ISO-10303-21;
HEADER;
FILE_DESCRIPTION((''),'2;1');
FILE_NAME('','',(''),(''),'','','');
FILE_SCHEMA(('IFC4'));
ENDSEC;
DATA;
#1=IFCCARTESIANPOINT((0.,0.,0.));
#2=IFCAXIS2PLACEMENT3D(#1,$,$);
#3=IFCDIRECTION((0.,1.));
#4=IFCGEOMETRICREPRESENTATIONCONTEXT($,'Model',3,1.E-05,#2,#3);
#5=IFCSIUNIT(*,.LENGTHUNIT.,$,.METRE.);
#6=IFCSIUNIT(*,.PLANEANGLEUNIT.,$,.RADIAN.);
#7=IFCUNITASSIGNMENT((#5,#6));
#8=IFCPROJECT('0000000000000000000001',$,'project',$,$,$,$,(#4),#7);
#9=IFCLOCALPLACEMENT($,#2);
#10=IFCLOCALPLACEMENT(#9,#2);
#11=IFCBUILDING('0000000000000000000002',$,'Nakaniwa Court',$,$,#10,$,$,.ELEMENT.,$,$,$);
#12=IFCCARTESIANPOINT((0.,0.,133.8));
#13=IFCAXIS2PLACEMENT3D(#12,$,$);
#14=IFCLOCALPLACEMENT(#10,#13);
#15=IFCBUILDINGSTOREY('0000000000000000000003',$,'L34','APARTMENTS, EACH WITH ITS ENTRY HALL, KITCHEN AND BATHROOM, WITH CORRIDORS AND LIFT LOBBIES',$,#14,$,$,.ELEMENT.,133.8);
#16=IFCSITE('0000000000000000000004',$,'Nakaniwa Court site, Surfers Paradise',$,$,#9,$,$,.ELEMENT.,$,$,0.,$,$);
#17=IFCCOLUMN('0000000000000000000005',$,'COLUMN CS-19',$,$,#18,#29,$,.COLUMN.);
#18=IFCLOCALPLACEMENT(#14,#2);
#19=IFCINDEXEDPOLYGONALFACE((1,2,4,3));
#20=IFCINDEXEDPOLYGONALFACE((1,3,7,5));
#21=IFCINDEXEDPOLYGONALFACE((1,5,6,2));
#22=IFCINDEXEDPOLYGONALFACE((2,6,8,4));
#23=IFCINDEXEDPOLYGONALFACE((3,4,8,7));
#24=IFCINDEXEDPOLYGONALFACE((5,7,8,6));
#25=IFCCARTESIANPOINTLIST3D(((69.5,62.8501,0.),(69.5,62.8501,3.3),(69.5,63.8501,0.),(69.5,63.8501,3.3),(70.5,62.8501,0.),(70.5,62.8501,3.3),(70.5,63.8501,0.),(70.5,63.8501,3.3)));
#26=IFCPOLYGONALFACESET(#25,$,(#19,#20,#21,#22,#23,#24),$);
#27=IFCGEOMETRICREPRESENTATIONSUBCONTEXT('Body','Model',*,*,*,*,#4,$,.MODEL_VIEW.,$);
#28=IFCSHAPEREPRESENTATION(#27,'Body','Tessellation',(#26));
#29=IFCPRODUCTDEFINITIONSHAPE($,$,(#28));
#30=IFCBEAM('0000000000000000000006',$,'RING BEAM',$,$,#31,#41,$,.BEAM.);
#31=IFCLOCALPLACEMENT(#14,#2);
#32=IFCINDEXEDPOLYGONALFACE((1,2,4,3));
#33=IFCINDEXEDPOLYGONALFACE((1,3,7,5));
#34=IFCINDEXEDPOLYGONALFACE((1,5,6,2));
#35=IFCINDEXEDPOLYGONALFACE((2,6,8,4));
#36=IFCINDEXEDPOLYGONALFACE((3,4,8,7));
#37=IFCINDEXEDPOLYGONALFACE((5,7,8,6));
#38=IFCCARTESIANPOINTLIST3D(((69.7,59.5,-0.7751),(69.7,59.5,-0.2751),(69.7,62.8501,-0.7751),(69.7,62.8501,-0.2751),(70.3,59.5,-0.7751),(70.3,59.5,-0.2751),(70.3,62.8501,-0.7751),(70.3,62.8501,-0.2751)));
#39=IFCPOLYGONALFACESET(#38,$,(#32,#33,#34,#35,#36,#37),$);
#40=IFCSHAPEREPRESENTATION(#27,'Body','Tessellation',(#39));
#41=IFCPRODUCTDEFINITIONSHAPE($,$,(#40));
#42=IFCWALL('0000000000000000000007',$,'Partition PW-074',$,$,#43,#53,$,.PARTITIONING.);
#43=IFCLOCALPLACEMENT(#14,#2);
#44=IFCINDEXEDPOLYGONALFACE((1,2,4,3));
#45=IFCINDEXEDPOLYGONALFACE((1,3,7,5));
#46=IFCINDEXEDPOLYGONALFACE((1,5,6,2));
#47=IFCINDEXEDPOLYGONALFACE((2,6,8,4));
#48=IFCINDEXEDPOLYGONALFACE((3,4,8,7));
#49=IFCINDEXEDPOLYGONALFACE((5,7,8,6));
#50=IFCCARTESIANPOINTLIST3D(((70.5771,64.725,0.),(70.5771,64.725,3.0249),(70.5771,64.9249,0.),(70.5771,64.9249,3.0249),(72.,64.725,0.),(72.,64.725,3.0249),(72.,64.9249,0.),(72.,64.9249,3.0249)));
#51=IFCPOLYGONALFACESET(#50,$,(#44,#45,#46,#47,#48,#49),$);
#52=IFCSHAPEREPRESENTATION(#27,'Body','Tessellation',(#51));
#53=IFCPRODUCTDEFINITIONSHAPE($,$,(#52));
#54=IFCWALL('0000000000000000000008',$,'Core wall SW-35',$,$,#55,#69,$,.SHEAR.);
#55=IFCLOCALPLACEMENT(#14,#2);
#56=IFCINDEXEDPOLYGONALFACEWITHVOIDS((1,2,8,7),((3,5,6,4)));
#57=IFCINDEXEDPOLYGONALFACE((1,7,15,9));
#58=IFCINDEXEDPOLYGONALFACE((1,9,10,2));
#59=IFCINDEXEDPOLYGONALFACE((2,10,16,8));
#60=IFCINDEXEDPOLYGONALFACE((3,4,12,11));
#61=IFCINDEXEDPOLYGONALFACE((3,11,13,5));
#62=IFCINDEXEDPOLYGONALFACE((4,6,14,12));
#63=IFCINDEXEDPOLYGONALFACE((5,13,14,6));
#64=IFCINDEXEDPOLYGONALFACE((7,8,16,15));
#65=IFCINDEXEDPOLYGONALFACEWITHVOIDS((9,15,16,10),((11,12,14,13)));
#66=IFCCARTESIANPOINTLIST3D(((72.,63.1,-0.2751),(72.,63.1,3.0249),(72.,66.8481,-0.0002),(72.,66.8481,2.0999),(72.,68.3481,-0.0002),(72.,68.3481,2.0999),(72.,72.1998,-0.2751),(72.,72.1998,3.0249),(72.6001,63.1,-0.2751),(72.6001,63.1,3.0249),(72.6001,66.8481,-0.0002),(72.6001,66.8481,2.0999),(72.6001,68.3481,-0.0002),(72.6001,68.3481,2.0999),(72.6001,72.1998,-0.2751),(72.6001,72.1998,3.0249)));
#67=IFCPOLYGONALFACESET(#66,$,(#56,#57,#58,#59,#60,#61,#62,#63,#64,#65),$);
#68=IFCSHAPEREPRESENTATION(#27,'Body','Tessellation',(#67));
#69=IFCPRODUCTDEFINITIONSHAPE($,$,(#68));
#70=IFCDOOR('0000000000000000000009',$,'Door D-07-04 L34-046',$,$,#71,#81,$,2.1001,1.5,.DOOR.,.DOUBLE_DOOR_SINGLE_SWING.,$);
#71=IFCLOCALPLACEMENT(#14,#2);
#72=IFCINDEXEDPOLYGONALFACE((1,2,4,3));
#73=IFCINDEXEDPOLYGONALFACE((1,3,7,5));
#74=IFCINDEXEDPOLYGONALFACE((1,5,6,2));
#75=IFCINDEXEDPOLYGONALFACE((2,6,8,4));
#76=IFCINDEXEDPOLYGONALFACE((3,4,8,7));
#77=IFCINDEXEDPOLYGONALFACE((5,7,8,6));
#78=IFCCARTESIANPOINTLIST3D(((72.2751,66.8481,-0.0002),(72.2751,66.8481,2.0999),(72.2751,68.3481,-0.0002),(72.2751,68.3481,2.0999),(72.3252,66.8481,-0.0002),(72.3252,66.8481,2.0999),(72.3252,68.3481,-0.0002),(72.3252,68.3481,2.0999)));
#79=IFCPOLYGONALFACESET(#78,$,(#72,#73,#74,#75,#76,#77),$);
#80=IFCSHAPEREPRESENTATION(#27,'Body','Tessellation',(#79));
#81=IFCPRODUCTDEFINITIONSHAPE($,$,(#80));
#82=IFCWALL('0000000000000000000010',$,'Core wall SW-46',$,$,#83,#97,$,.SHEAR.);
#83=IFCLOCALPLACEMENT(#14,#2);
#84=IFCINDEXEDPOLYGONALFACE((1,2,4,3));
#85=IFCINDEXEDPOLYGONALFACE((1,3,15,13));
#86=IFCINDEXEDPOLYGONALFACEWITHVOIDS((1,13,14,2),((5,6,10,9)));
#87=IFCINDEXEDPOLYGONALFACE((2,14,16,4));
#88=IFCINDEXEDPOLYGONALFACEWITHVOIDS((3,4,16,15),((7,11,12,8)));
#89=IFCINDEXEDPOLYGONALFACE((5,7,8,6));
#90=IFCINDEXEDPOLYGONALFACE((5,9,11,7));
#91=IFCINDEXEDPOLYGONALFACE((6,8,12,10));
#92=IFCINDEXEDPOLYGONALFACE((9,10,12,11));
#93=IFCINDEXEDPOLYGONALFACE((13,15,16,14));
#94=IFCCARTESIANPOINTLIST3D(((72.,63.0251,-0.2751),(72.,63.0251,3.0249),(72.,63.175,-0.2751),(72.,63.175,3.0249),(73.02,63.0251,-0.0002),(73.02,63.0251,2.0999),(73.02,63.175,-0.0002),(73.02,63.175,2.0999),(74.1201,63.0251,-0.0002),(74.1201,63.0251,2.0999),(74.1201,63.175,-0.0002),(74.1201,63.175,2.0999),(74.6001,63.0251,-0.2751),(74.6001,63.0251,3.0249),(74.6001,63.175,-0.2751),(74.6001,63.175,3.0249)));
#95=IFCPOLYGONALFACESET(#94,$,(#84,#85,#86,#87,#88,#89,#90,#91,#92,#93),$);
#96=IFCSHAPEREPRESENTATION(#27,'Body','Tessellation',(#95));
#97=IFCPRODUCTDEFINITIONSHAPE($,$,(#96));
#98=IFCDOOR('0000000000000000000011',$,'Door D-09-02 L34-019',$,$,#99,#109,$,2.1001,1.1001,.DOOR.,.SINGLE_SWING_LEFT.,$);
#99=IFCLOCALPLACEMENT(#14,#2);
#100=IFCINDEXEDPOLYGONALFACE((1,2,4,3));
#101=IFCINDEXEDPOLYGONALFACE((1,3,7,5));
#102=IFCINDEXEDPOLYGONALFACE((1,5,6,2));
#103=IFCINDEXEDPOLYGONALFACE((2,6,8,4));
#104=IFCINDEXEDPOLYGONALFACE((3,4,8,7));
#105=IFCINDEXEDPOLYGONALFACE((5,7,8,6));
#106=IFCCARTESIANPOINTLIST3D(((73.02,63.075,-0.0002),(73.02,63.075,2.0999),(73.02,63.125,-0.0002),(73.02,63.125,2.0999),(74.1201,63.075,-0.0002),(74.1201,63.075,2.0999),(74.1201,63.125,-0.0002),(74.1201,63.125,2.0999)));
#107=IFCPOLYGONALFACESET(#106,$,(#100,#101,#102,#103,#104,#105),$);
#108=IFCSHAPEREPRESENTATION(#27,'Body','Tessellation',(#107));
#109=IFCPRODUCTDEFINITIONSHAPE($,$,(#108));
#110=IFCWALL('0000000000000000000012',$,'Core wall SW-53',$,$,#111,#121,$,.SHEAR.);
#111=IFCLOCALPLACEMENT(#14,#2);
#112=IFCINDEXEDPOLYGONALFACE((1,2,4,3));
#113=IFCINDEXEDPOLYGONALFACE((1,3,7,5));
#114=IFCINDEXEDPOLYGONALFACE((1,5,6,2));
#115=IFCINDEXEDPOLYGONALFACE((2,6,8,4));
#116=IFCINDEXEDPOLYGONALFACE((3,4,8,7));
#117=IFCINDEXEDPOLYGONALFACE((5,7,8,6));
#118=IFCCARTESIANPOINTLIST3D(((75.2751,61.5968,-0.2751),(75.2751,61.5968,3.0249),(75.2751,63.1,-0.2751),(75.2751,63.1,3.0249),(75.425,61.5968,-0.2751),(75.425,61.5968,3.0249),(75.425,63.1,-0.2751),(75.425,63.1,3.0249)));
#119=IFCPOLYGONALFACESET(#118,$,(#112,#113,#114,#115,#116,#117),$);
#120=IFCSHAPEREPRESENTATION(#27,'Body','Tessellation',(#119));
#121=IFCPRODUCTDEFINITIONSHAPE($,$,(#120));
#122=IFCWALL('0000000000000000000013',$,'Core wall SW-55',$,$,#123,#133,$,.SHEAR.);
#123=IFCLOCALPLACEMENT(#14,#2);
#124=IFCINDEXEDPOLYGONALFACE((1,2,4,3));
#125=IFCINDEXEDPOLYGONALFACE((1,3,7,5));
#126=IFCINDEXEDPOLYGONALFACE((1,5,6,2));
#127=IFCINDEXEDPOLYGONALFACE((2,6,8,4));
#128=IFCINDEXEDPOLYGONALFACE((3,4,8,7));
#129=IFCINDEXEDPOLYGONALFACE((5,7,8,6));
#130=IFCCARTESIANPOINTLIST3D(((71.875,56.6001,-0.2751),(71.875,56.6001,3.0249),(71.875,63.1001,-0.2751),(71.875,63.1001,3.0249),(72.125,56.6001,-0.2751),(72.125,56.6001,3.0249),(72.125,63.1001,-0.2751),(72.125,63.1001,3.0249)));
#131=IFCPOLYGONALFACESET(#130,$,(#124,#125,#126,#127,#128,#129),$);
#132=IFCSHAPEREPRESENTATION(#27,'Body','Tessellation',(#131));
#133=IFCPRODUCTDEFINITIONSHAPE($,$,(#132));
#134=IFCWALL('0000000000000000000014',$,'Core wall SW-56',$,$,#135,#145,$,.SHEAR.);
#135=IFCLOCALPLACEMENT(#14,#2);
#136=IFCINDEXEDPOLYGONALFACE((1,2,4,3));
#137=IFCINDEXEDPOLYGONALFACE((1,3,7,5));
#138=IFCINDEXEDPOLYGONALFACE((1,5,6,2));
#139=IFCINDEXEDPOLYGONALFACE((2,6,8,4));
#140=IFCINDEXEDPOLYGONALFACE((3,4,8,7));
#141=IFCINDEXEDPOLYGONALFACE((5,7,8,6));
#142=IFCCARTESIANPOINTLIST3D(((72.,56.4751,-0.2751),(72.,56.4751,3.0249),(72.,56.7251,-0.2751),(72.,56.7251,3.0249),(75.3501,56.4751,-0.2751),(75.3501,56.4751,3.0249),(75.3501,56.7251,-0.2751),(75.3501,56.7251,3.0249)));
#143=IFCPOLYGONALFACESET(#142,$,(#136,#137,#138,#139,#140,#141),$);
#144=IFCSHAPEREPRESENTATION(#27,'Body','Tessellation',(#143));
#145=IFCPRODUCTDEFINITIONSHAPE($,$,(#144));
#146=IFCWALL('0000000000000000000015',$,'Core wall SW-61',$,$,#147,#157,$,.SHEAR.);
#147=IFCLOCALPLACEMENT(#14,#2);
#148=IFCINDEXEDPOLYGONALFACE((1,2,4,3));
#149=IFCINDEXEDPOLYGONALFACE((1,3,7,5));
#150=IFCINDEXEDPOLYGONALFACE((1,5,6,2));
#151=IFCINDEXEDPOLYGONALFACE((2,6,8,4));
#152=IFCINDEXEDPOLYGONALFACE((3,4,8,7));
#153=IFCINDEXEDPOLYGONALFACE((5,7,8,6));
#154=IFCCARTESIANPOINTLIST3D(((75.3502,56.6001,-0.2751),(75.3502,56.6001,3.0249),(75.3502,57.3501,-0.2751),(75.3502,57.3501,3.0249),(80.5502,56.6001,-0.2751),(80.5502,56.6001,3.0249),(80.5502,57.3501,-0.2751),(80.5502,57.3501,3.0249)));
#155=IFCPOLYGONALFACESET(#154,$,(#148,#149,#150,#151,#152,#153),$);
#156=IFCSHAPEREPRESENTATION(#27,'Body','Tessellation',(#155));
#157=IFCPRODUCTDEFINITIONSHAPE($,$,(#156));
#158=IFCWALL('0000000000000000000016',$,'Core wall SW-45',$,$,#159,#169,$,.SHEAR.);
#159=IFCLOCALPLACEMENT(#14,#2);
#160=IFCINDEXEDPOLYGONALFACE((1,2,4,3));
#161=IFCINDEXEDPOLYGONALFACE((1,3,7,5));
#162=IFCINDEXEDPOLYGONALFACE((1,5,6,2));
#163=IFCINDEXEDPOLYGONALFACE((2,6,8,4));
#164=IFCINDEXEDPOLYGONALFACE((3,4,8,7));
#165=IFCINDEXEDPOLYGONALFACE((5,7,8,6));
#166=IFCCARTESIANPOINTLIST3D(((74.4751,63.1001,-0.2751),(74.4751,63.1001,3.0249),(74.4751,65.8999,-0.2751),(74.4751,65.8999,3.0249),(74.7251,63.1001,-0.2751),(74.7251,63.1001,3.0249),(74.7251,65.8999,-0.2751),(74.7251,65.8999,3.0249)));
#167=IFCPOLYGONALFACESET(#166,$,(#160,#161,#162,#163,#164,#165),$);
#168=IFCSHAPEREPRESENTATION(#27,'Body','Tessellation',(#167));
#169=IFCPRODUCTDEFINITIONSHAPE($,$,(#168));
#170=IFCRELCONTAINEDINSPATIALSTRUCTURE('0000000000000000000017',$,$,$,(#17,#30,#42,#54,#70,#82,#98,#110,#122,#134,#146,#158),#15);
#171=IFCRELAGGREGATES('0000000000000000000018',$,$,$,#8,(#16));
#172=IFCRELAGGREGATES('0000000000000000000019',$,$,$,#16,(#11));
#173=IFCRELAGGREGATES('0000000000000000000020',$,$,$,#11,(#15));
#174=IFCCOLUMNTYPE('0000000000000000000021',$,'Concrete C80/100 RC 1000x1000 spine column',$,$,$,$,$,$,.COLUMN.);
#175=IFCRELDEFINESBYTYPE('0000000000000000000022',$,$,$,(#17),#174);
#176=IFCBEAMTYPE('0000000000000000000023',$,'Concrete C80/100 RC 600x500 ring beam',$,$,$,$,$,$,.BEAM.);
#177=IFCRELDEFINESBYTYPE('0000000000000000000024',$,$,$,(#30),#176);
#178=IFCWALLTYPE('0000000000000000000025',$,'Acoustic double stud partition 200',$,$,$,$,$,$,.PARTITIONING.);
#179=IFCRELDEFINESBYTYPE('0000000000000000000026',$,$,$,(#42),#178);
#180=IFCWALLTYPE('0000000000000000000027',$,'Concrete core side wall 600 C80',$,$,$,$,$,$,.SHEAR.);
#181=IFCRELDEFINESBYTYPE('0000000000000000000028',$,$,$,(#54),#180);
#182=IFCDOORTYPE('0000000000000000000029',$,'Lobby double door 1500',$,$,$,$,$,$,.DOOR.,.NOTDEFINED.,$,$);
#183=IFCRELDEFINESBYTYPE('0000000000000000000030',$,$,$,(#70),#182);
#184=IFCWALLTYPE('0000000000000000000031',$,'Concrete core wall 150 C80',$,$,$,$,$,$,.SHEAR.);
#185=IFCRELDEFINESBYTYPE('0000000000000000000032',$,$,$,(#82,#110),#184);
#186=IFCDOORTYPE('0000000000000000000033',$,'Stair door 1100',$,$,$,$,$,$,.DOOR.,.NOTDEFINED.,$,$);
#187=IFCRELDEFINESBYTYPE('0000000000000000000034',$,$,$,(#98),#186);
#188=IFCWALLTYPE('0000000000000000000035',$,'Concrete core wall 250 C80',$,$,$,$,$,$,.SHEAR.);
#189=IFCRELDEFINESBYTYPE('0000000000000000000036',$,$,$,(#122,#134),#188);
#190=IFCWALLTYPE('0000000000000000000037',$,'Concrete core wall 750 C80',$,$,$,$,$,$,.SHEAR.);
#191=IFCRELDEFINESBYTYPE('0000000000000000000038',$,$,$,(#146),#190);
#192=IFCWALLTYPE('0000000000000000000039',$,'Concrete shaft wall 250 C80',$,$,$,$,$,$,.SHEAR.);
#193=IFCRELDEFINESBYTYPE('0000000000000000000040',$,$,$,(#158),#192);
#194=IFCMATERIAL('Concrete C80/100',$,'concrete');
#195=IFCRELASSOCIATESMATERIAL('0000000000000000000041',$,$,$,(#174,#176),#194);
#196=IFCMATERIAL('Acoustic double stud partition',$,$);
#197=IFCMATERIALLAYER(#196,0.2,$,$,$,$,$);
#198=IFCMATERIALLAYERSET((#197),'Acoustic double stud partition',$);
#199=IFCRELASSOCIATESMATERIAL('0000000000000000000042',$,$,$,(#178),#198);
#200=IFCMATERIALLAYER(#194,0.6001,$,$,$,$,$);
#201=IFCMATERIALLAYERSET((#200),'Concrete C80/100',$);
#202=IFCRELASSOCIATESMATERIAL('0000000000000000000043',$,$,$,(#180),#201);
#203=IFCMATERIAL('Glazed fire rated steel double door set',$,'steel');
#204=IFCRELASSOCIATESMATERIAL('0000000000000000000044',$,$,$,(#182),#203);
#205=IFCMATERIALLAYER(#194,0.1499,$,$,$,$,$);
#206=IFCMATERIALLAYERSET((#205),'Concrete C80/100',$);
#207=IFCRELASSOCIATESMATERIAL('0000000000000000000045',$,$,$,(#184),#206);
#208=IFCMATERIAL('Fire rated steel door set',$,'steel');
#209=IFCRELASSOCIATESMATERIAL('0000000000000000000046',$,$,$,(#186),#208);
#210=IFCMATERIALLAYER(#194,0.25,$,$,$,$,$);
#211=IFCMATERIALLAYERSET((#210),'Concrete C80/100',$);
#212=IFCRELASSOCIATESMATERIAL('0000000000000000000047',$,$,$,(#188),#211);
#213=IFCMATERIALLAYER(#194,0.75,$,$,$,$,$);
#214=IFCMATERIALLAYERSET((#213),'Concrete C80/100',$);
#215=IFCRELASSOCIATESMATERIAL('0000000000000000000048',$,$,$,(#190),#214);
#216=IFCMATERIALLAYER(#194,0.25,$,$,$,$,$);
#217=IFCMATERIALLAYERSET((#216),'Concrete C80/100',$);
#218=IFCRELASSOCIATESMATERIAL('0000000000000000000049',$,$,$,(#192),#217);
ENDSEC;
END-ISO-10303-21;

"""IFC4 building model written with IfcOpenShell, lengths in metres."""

from ifc_helpers import new_model, si_unit, direction, frame, frame_2d, origin, origin_2d, place, context, subcontext, project, spatial, rectangle, extrude, material, layer, layer_set, material_profile, profile_set, type_object, element, fill, save


model = new_model("IFC4")

# Units and contexts
model_context = context("Model", 3, precision=1e-05, world=origin(), true_north=direction((0.0, 1.0)))
body_context = subcontext(model_context, "Body", "Model", "MODEL_VIEW")
ifc_project = project(units=[si_unit("LENGTHUNIT", "METRE"), si_unit("PLANEANGLEUNIT", "RADIAN")], contexts=[model_context])

# Site, building, storey
site_placement = place(None, origin())
site = spatial("IfcSite", under=ifc_project, at=site_placement, Name="Nakaniwa Court site, Surfers Paradise", CompositionType="ELEMENT", RefElevation=0.0)
building_placement = place(site_placement, origin())
building = spatial("IfcBuilding", under=site, at=building_placement, Name="Nakaniwa Court", CompositionType="ELEMENT")
storey_placement = place(building_placement, frame((0.0, 0.0, 133.8)))
storey = spatial("IfcBuildingStorey", under=building, at=storey_placement, Name="L34", Description="APARTMENTS, EACH WITH ITS ENTRY HALL, KITCHEN AND BATHROOM, WITH CORRIDORS AND LIFT LOBBIES", CompositionType="ELEMENT", Elevation=133.8)

# Column
ifc_material_1 = material(Name="Concrete C80/100", Category="concrete")
ifc_material_profile_1 = material_profile(ifc_material_1, rectangle(XDim=1.0, YDim=1.0, at=origin_2d()), Name="Concrete C80/100 RC 1000x1000 spine column")
ifc_profile_set_1 = profile_set([ifc_material_profile_1], Name="Concrete C80/100")
column_type = type_object("IfcColumnType", Name="Concrete C80/100 RC 1000x1000 spine column", PredefinedType="COLUMN", material=ifc_profile_set_1)
column_placement = place(storey_placement, frame((70.0, 63.3501, 0.0), z_axis=(0.0, 0.0, 1.0), x_axis=(0.0, -1.0, 0.0)))
element("IfcColumn", 1, at=column_placement, inside=storey, type_object=column_type, Name="COLUMN CS-19", PredefinedType="COLUMN", context=body_context, shape_type="SweptSolid", body=[
    extrude(rectangle(XDim=1.0, YDim=1.0, at=origin_2d()), origin(), (0.0, 0.0, 1.0), 3.3),
])

# Beam
ifc_material_profile_2 = material_profile(ifc_material_1, rectangle(XDim=0.6001, YDim=0.5, at=origin_2d()), Name="Concrete C80/100 RC 600x500 ring beam")
ifc_profile_set_2 = profile_set([ifc_material_profile_2], Name="Concrete C80/100")
beam_type = type_object("IfcBeamType", Name="Concrete C80/100 RC 600x500 ring beam", PredefinedType="BEAM", material=ifc_profile_set_2)
beam_placement = place(storey_placement, frame((70.0, 62.8501, -0.5251), z_axis=(0.0, -1.0, 0.0), x_axis=(1.0, 0.0, 0.0)))
element("IfcBeam", 2, at=beam_placement, inside=storey, type_object=beam_type, Name="RING BEAM", PredefinedType="BEAM", context=body_context, shape_type="SweptSolid", body=[
    extrude(rectangle(XDim=0.6001, YDim=0.5, at=origin_2d()), origin(), (0.0, 0.0, 1.0), 3.3501),
])

# Wall
ifc_material_2 = material(Name="Acoustic double stud partition")
ifc_layer_1 = layer(ifc_material_2, 0.2)
ifc_layer_set_1 = layer_set([ifc_layer_1], Name="Acoustic double stud partition")
wall_type_1 = type_object("IfcWallType", Name="Acoustic double stud partition 200", PredefinedType="PARTITIONING", material=ifc_layer_set_1)
wall_1_placement = place(storey_placement, frame((70.5771, 64.825, 0.0), z_axis=(0.0, 0.0, 1.0), x_axis=(1.0, 0.0, 0.0)))
element("IfcWall", 3, at=wall_1_placement, inside=storey, type_object=wall_type_1, Name="Partition PW-074", PredefinedType="PARTITIONING", context=body_context, shape_type="SweptSolid", body=[
    extrude(rectangle(XDim=1.4229, YDim=0.2, at=frame_2d((0.7114, 0.0))), origin(), (0.0, 0.0, 1.0), 3.0249),
])

# Walls, openings, doors
ifc_layer_2 = layer(ifc_material_1, 0.6001)
ifc_layer_set_2 = layer_set([ifc_layer_2], Name="Concrete C80/100")
wall_type_2 = type_object("IfcWallType", Name="Concrete core side wall 600 C80", PredefinedType="SHEAR", material=ifc_layer_set_2)
wall_2_placement = place(storey_placement, frame((72.3, 63.1001, -0.2751), z_axis=(0.0, 0.0, 1.0), x_axis=(0.0, 1.0, 0.0)))
wall_2 = element("IfcWall", 4, at=wall_2_placement, inside=storey, type_object=wall_type_2, Name="Core wall SW-35", PredefinedType="SHEAR", context=body_context, shape_type="SweptSolid", body=[
    extrude(rectangle(XDim=9.0999, YDim=0.6001, at=frame_2d((4.5498, 0.0))), origin(), (0.0, 0.0, 1.0), 3.3),
])
opening_1_placement = place(wall_2_placement, frame((3.748, 0.0, 0.2749)))
opening_1 = element("IfcOpeningElement", 5, at=opening_1_placement, cuts=wall_2, PredefinedType="OPENING", context=body_context, shape_type="SweptSolid", body=[
    extrude(rectangle(XDim=1.5, YDim=2.1001, at=frame_2d((0.75, 1.05))), frame((0.0, 0.3101, 0.0), z_axis=(0.0, -1.0, 0.0), x_axis=(1.0, 0.0, 0.0)), (0.0, 0.0, 1.0), 0.6201),
])
ifc_material_3 = material(Name="Glazed fire rated steel double door set", Category="steel")
door_type_1 = type_object("IfcDoorType", Name="Lobby double door 1500", OperationType="NOTDEFINED", PredefinedType="DOOR", material=ifc_material_3)
door_1_placement = place(opening_1_placement, origin())
door_1 = element("IfcDoor", 6, at=door_1_placement, inside=storey, type_object=door_type_1, Name="Door D-07-04 L34-046", OperationType="DOUBLE_DOOR_SINGLE_SWING", OverallHeight=2.1001, OverallWidth=1.5, PredefinedType="DOOR", context=body_context, shape_type="SweptSolid", body=[
    extrude(rectangle(XDim=1.5, YDim=2.1001, at=frame_2d((0.75, 1.05))), frame((0.0, 0.0249, 0.0), z_axis=(0.0, -1.0, 0.0), x_axis=(1.0, 0.0, 0.0)), (0.0, 0.0, 1.0), 0.05),
])
fill(opening_1, door_1)
ifc_layer_3 = layer(ifc_material_1, 0.1499)
ifc_layer_set_3 = layer_set([ifc_layer_3], Name="Concrete C80/100")
wall_type_3 = type_object("IfcWallType", Name="Concrete core wall 150 C80", PredefinedType="SHEAR", material=ifc_layer_set_3)
wall_3_placement = place(storey_placement, frame((72.0, 63.1001, -0.2751), z_axis=(0.0, 0.0, 1.0), x_axis=(1.0, 0.0, 0.0)))
wall_3 = element("IfcWall", 7, at=wall_3_placement, inside=storey, type_object=wall_type_3, Name="Core wall SW-46", PredefinedType="SHEAR", context=body_context, shape_type="SweptSolid", body=[
    extrude(rectangle(XDim=2.6001, YDim=0.1499, at=frame_2d((1.3, 0.0))), origin(), (0.0, 0.0, 1.0), 3.3),
])
opening_2_placement = place(wall_3_placement, frame((1.02, 0.0, 0.2749)))
opening_2 = element("IfcOpeningElement", 8, at=opening_2_placement, cuts=wall_3, PredefinedType="OPENING", context=body_context, shape_type="SweptSolid", body=[
    extrude(rectangle(XDim=1.1001, YDim=2.1001, at=frame_2d((0.55, 1.05))), frame((0.0, 0.085, 0.0), z_axis=(0.0, -1.0, 0.0), x_axis=(1.0, 0.0, 0.0)), (0.0, 0.0, 1.0), 0.1699),
])
ifc_material_4 = material(Name="Fire rated steel door set", Category="steel")
door_type_2 = type_object("IfcDoorType", Name="Stair door 1100", OperationType="NOTDEFINED", PredefinedType="DOOR", material=ifc_material_4)
door_2_placement = place(opening_2_placement, origin())
door_2 = element("IfcDoor", 9, at=door_2_placement, inside=storey, type_object=door_type_2, Name="Door D-09-02 L34-019", OperationType="SINGLE_SWING_LEFT", OverallHeight=2.1001, OverallWidth=1.1001, PredefinedType="DOOR", context=body_context, shape_type="SweptSolid", body=[
    extrude(rectangle(XDim=1.1001, YDim=2.1001, at=frame_2d((0.55, 1.05))), frame((0.0, 0.0249, 0.0), z_axis=(0.0, -1.0, 0.0), x_axis=(1.0, 0.0, 0.0)), (0.0, 0.0, 1.0), 0.05),
])
fill(opening_2, door_2)

# Walls
wall_4_placement = place(storey_placement, frame((75.3501, 61.5969, -0.2751), z_axis=(0.0, 0.0, 1.0), x_axis=(0.0, 1.0, 0.0)))
element("IfcWall", 10, at=wall_4_placement, inside=storey, type_object=wall_type_3, Name="Core wall SW-53", PredefinedType="SHEAR", context=body_context, shape_type="SweptSolid", body=[
    extrude(rectangle(XDim=1.5032, YDim=0.1499, at=frame_2d((0.7515, 0.0))), origin(), (0.0, 0.0, 1.0), 3.3),
])
ifc_layer_4 = layer(ifc_material_1, 0.25)
ifc_layer_set_4 = layer_set([ifc_layer_4], Name="Concrete C80/100")
wall_type_4 = type_object("IfcWallType", Name="Concrete core wall 250 C80", PredefinedType="SHEAR", material=ifc_layer_set_4)
wall_5_placement = place(storey_placement, frame((72.0, 56.6001, -0.2751), z_axis=(0.0, 0.0, 1.0), x_axis=(0.0, 1.0, 0.0)))
element("IfcWall", 11, at=wall_5_placement, inside=storey, type_object=wall_type_4, Name="Core wall SW-55", PredefinedType="SHEAR", context=body_context, shape_type="SweptSolid", body=[
    extrude(rectangle(XDim=6.5, YDim=0.25, at=frame_2d((3.25, 0.0))), origin(), (0.0, 0.0, 1.0), 3.3),
])
wall_6_placement = place(storey_placement, frame((72.0, 56.6001, -0.2751), z_axis=(0.0, 0.0, 1.0), x_axis=(1.0, 0.0, 0.0)))
element("IfcWall", 12, at=wall_6_placement, inside=storey, type_object=wall_type_4, Name="Core wall SW-56", PredefinedType="SHEAR", context=body_context, shape_type="SweptSolid", body=[
    extrude(rectangle(XDim=3.3501, YDim=0.25, at=frame_2d((1.675, 0.0))), origin(), (0.0, 0.0, 1.0), 3.3),
])
ifc_layer_5 = layer(ifc_material_1, 0.75)
ifc_layer_set_5 = layer_set([ifc_layer_5], Name="Concrete C80/100")
wall_type_5 = type_object("IfcWallType", Name="Concrete core wall 750 C80", PredefinedType="SHEAR", material=ifc_layer_set_5)
wall_7_placement = place(storey_placement, frame((75.3501, 56.9751, -0.2751), z_axis=(0.0, 0.0, 1.0), x_axis=(1.0, 0.0, 0.0)))
element("IfcWall", 13, at=wall_7_placement, inside=storey, type_object=wall_type_5, Name="Core wall SW-61", PredefinedType="SHEAR", context=body_context, shape_type="SweptSolid", body=[
    extrude(rectangle(XDim=5.2, YDim=0.75, at=frame_2d((2.6001, 0.0))), origin(), (0.0, 0.0, 1.0), 3.3),
])
ifc_layer_6 = layer(ifc_material_1, 0.25)
ifc_layer_set_6 = layer_set([ifc_layer_6], Name="Concrete C80/100")
wall_type_6 = type_object("IfcWallType", Name="Concrete shaft wall 250 C80", PredefinedType="SHEAR", material=ifc_layer_set_6)
wall_8_placement = place(storey_placement, frame((74.6001, 63.1001, -0.2751), z_axis=(0.0, 0.0, 1.0), x_axis=(0.0, 1.0, 0.0)))
element("IfcWall", 14, at=wall_8_placement, inside=storey, type_object=wall_type_6, Name="Core wall SW-45", PredefinedType="SHEAR", context=body_context, shape_type="SweptSolid", body=[
    extrude(rectangle(XDim=2.7998, YDim=0.25, at=frame_2d((1.3999, 0.0))), origin(), (0.0, 0.0, 1.0), 3.3),
])

save(model, "model.ifc")
